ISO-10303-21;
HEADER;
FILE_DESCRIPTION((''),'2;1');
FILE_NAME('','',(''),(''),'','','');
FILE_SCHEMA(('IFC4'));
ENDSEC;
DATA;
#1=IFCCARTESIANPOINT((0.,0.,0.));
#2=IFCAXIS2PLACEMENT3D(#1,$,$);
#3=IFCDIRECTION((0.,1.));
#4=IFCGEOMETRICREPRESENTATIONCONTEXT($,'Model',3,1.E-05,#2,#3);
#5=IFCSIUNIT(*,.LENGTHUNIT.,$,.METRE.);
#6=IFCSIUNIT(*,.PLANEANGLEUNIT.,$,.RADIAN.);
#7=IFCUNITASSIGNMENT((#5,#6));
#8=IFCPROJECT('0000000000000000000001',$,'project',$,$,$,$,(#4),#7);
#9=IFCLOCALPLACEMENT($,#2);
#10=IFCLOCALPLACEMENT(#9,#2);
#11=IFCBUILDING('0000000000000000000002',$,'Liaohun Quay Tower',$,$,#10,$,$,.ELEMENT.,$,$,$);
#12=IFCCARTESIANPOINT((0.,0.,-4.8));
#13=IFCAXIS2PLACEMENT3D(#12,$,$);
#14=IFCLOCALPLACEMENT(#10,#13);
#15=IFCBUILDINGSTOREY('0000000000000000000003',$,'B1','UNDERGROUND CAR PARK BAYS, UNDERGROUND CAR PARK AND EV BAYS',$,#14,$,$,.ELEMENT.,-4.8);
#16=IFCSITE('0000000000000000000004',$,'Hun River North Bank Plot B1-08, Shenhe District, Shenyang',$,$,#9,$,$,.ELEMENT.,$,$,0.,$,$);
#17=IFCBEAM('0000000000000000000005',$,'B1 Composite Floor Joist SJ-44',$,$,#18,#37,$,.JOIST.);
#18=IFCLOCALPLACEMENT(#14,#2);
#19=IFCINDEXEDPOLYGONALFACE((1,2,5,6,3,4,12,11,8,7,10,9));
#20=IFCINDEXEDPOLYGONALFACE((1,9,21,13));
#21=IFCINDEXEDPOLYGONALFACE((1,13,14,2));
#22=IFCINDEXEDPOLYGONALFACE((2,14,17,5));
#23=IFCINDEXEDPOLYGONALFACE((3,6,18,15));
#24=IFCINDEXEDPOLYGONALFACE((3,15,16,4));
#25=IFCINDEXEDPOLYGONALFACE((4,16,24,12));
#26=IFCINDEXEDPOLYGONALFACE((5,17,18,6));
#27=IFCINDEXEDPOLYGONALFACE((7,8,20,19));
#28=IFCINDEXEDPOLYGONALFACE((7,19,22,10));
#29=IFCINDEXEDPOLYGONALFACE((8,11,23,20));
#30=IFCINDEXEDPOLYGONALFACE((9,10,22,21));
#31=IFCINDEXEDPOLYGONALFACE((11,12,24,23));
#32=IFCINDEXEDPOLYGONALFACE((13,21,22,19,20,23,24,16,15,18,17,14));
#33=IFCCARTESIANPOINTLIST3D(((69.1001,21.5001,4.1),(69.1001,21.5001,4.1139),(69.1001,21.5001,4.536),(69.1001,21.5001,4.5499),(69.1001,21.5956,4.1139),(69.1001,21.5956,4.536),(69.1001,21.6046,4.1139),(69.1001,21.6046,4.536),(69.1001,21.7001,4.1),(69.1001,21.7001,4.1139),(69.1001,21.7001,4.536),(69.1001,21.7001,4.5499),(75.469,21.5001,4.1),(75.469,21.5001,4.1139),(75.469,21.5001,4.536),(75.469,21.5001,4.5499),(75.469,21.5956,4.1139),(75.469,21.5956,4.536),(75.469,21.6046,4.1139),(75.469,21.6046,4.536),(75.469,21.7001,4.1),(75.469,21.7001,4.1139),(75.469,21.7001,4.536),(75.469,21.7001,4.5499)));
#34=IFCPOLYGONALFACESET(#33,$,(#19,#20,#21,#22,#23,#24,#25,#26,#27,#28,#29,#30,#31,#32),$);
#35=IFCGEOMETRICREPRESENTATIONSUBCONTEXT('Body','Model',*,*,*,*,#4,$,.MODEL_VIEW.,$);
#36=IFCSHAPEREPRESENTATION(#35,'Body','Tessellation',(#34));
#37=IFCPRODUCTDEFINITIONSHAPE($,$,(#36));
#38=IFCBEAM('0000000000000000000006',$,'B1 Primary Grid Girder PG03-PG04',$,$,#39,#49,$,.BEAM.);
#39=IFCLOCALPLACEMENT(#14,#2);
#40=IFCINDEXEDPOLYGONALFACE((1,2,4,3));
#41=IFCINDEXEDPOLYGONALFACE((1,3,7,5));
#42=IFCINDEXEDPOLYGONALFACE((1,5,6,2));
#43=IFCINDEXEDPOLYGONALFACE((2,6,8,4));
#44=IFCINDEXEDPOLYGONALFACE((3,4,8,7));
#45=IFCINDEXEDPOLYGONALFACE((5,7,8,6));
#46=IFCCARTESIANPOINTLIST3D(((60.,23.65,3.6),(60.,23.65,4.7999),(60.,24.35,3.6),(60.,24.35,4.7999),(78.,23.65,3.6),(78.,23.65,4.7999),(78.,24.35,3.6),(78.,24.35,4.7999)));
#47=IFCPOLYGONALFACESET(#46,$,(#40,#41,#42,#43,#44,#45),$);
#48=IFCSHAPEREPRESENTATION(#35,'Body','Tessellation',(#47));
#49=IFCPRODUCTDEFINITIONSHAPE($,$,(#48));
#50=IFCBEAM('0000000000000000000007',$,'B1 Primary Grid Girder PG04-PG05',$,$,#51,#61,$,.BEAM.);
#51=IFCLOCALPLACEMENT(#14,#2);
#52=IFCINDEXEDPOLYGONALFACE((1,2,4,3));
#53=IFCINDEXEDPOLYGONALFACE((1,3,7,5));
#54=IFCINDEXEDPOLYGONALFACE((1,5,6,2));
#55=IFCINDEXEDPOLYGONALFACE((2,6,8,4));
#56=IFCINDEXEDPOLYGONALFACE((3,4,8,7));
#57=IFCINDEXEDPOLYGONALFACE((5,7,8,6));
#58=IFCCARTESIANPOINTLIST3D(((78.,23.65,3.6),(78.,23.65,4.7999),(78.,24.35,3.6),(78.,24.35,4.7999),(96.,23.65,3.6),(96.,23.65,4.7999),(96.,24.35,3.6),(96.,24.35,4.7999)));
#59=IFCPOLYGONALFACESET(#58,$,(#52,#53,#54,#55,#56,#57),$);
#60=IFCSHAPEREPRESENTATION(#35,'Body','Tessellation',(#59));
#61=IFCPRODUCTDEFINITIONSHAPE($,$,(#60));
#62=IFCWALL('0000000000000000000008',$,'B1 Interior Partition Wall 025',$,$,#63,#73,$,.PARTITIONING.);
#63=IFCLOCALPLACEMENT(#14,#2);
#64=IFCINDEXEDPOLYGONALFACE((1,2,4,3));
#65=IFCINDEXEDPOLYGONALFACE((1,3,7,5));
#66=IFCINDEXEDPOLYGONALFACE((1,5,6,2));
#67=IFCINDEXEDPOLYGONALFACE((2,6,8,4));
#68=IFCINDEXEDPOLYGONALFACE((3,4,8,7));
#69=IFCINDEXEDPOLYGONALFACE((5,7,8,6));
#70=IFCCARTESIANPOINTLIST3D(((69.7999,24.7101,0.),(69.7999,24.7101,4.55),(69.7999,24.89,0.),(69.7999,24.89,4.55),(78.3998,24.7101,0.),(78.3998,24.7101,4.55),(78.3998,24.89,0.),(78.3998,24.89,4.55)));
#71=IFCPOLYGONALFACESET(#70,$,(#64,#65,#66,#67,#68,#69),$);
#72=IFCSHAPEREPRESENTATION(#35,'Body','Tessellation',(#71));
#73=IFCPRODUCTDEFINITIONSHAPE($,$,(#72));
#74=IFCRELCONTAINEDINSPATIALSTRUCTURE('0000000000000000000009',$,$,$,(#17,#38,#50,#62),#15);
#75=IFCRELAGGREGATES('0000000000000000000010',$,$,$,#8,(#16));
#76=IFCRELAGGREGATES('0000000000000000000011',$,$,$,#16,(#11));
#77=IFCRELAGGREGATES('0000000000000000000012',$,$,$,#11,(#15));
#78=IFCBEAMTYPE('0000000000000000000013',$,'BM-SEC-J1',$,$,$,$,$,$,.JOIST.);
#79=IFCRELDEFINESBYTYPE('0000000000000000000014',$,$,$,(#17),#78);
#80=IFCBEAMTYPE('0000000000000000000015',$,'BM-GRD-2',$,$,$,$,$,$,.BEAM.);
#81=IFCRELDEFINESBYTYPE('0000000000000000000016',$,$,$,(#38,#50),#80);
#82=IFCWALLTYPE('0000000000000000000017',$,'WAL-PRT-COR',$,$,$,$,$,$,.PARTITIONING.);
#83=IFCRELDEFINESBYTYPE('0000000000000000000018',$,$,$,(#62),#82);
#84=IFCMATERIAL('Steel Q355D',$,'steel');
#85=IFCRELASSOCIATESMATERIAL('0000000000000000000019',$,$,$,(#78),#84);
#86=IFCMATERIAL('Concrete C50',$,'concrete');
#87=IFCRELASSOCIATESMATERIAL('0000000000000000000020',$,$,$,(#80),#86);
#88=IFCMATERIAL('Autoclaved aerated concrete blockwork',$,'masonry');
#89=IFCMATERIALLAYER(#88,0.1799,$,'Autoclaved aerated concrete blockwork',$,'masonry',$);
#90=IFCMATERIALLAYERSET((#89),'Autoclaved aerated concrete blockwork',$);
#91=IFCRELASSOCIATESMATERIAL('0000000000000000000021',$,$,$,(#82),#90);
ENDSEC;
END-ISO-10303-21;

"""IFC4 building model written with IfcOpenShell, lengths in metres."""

from ifc_helpers import new_model, si_unit, direction, frame, frame_2d, origin, origin_2d, place, context, subcontext, project, spatial, rectangle, i_section, extrude, source, transform, mapped, material, layer, layer_set, material_profile, profile_set, type_object, element, save


model = new_model("IFC4")

# Units and contexts
model_context = context("Model", 3, precision=1e-05, world=origin(), true_north=direction((0.0, 1.0)))
body_context = subcontext(model_context, "Body", "Model", "MODEL_VIEW")
ifc_project = project(units=[si_unit("LENGTHUNIT", "METRE"), si_unit("PLANEANGLEUNIT", "RADIAN")], contexts=[model_context])

# Site, building, storey
site_placement = place(None, origin())
site = spatial("IfcSite", under=ifc_project, at=site_placement, Name="Hun River North Bank Plot B1-08, Shenhe District, Shenyang", CompositionType="ELEMENT", RefElevation=0.0)
building_placement = place(site_placement, origin())
building = spatial("IfcBuilding", under=site, at=building_placement, Name="Liaohun Quay Tower", CompositionType="ELEMENT")
storey_placement = place(building_placement, frame((0.0, 0.0, -4.8)))
storey = spatial("IfcBuildingStorey", under=building, at=storey_placement, Name="B1", Description="UNDERGROUND CAR PARK BAYS, UNDERGROUND CAR PARK AND EV BAYS", CompositionType="ELEMENT", Elevation=-4.8)

# Beams
ifc_material_1 = material(Name="Steel Q355D", Category="steel")
ifc_material_profile_1 = material_profile(ifc_material_1, i_section(OverallWidth=0.2, OverallDepth=0.45, WebThickness=0.009, FlangeThickness=0.0139, at=origin_2d()), Name="HN450x200x9x14")
ifc_profile_set_1 = profile_set([ifc_material_profile_1], Name="Steel Q355D")
beam_type_1 = type_object("IfcBeamType", Name="BM-SEC-J1", PredefinedType="JOIST", material=ifc_profile_set_1)
shared_shape_1 = source(origin(), body_context, "Body", "SweptSolid", [
    extrude(i_section(OverallWidth=0.2, OverallDepth=0.45, WebThickness=0.009, FlangeThickness=0.0139, at=origin_2d()), origin(), (0.0, 0.0, 1.0), 6.3689),
])
beam_1_placement = place(storey_placement, frame((69.1001, 21.6001, 4.325), z_axis=(1.0, 0.0, 0.0), x_axis=(0.0, 1.0, 0.0)))
element("IfcBeam", 1, at=beam_1_placement, inside=storey, type_object=beam_type_1, Name="B1 Composite Floor Joist SJ-44", PredefinedType="JOIST", context=body_context, shape_type="MappedRepresentation", body=[
    mapped(shared_shape_1, transform((0.0, 0.0, 0.0), x_axis=(1.0, 0.0, 0.0), y_axis=(0.0, 1.0, 0.0), z_axis=(0.0, 0.0, 1.0), scale=1.0)),
])
ifc_material_2 = material(Name="Concrete C50", Category="concrete")
ifc_material_profile_2 = material_profile(ifc_material_2, rectangle(XDim=0.7, YDim=1.2, at=origin_2d()), Name="RC700x1200")
ifc_profile_set_2 = profile_set([ifc_material_profile_2], Name="Concrete C50")
beam_type_2 = type_object("IfcBeamType", Name="BM-GRD-2", PredefinedType="BEAM", material=ifc_profile_set_2)
shared_shape_2 = source(origin(), body_context, "Body", "SweptSolid", [
    extrude(rectangle(XDim=0.7, YDim=1.2, at=origin_2d()), origin(), (0.0, 0.0, 1.0), 18.0),
])
for number, where, z_axis, x_axis, name in (
    (2, (60.0, 24.0, 4.2), (1.0, 0.0, 0.0), (0.0, 1.0, 0.0), "B1 Primary Grid Girder PG03-PG04"),
    (3, (78.0, 24.0, 4.2), (1.0, 0.0, 0.0), (0.0, 1.0, 0.0), "B1 Primary Grid Girder PG04-PG05"),
):
    element("IfcBeam", number, at=place(storey_placement, frame(where, z_axis=z_axis, x_axis=x_axis)), inside=storey, type_object=beam_type_2, Name=name, PredefinedType="BEAM", context=body_context, shape_type="MappedRepresentation", body=[
        mapped(shared_shape_2, transform((0.0, 0.0, 0.0), x_axis=(1.0, 0.0, 0.0), y_axis=(0.0, 1.0, 0.0), z_axis=(0.0, 0.0, 1.0), scale=1.0)),
    ])

# Wall
ifc_material_3 = material(Name="Autoclaved aerated concrete blockwork", Category="masonry")
ifc_layer = layer(ifc_material_3, 0.1799, Name="Autoclaved aerated concrete blockwork", Category="masonry")
ifc_layer_set = layer_set([ifc_layer], Name="Autoclaved aerated concrete blockwork")
wall_type = type_object("IfcWallType", Name="WAL-PRT-COR", PredefinedType="PARTITIONING", material=ifc_layer_set)
wall_placement = place(storey_placement, frame((69.8, 24.8, 0.0), z_axis=(0.0, 0.0, 1.0), x_axis=(1.0, 0.0, 0.0)))
element("IfcWall", 4, at=wall_placement, inside=storey, type_object=wall_type, Name="B1 Interior Partition Wall 025", PredefinedType="PARTITIONING", context=body_context, shape_type="SweptSolid", body=[
    extrude(rectangle(XDim=8.5999, YDim=0.1799, at=frame_2d((4.2998, 0.0))), origin(), (0.0, 0.0, 1.0), 4.55),
])

save(model, "model.ifc")
